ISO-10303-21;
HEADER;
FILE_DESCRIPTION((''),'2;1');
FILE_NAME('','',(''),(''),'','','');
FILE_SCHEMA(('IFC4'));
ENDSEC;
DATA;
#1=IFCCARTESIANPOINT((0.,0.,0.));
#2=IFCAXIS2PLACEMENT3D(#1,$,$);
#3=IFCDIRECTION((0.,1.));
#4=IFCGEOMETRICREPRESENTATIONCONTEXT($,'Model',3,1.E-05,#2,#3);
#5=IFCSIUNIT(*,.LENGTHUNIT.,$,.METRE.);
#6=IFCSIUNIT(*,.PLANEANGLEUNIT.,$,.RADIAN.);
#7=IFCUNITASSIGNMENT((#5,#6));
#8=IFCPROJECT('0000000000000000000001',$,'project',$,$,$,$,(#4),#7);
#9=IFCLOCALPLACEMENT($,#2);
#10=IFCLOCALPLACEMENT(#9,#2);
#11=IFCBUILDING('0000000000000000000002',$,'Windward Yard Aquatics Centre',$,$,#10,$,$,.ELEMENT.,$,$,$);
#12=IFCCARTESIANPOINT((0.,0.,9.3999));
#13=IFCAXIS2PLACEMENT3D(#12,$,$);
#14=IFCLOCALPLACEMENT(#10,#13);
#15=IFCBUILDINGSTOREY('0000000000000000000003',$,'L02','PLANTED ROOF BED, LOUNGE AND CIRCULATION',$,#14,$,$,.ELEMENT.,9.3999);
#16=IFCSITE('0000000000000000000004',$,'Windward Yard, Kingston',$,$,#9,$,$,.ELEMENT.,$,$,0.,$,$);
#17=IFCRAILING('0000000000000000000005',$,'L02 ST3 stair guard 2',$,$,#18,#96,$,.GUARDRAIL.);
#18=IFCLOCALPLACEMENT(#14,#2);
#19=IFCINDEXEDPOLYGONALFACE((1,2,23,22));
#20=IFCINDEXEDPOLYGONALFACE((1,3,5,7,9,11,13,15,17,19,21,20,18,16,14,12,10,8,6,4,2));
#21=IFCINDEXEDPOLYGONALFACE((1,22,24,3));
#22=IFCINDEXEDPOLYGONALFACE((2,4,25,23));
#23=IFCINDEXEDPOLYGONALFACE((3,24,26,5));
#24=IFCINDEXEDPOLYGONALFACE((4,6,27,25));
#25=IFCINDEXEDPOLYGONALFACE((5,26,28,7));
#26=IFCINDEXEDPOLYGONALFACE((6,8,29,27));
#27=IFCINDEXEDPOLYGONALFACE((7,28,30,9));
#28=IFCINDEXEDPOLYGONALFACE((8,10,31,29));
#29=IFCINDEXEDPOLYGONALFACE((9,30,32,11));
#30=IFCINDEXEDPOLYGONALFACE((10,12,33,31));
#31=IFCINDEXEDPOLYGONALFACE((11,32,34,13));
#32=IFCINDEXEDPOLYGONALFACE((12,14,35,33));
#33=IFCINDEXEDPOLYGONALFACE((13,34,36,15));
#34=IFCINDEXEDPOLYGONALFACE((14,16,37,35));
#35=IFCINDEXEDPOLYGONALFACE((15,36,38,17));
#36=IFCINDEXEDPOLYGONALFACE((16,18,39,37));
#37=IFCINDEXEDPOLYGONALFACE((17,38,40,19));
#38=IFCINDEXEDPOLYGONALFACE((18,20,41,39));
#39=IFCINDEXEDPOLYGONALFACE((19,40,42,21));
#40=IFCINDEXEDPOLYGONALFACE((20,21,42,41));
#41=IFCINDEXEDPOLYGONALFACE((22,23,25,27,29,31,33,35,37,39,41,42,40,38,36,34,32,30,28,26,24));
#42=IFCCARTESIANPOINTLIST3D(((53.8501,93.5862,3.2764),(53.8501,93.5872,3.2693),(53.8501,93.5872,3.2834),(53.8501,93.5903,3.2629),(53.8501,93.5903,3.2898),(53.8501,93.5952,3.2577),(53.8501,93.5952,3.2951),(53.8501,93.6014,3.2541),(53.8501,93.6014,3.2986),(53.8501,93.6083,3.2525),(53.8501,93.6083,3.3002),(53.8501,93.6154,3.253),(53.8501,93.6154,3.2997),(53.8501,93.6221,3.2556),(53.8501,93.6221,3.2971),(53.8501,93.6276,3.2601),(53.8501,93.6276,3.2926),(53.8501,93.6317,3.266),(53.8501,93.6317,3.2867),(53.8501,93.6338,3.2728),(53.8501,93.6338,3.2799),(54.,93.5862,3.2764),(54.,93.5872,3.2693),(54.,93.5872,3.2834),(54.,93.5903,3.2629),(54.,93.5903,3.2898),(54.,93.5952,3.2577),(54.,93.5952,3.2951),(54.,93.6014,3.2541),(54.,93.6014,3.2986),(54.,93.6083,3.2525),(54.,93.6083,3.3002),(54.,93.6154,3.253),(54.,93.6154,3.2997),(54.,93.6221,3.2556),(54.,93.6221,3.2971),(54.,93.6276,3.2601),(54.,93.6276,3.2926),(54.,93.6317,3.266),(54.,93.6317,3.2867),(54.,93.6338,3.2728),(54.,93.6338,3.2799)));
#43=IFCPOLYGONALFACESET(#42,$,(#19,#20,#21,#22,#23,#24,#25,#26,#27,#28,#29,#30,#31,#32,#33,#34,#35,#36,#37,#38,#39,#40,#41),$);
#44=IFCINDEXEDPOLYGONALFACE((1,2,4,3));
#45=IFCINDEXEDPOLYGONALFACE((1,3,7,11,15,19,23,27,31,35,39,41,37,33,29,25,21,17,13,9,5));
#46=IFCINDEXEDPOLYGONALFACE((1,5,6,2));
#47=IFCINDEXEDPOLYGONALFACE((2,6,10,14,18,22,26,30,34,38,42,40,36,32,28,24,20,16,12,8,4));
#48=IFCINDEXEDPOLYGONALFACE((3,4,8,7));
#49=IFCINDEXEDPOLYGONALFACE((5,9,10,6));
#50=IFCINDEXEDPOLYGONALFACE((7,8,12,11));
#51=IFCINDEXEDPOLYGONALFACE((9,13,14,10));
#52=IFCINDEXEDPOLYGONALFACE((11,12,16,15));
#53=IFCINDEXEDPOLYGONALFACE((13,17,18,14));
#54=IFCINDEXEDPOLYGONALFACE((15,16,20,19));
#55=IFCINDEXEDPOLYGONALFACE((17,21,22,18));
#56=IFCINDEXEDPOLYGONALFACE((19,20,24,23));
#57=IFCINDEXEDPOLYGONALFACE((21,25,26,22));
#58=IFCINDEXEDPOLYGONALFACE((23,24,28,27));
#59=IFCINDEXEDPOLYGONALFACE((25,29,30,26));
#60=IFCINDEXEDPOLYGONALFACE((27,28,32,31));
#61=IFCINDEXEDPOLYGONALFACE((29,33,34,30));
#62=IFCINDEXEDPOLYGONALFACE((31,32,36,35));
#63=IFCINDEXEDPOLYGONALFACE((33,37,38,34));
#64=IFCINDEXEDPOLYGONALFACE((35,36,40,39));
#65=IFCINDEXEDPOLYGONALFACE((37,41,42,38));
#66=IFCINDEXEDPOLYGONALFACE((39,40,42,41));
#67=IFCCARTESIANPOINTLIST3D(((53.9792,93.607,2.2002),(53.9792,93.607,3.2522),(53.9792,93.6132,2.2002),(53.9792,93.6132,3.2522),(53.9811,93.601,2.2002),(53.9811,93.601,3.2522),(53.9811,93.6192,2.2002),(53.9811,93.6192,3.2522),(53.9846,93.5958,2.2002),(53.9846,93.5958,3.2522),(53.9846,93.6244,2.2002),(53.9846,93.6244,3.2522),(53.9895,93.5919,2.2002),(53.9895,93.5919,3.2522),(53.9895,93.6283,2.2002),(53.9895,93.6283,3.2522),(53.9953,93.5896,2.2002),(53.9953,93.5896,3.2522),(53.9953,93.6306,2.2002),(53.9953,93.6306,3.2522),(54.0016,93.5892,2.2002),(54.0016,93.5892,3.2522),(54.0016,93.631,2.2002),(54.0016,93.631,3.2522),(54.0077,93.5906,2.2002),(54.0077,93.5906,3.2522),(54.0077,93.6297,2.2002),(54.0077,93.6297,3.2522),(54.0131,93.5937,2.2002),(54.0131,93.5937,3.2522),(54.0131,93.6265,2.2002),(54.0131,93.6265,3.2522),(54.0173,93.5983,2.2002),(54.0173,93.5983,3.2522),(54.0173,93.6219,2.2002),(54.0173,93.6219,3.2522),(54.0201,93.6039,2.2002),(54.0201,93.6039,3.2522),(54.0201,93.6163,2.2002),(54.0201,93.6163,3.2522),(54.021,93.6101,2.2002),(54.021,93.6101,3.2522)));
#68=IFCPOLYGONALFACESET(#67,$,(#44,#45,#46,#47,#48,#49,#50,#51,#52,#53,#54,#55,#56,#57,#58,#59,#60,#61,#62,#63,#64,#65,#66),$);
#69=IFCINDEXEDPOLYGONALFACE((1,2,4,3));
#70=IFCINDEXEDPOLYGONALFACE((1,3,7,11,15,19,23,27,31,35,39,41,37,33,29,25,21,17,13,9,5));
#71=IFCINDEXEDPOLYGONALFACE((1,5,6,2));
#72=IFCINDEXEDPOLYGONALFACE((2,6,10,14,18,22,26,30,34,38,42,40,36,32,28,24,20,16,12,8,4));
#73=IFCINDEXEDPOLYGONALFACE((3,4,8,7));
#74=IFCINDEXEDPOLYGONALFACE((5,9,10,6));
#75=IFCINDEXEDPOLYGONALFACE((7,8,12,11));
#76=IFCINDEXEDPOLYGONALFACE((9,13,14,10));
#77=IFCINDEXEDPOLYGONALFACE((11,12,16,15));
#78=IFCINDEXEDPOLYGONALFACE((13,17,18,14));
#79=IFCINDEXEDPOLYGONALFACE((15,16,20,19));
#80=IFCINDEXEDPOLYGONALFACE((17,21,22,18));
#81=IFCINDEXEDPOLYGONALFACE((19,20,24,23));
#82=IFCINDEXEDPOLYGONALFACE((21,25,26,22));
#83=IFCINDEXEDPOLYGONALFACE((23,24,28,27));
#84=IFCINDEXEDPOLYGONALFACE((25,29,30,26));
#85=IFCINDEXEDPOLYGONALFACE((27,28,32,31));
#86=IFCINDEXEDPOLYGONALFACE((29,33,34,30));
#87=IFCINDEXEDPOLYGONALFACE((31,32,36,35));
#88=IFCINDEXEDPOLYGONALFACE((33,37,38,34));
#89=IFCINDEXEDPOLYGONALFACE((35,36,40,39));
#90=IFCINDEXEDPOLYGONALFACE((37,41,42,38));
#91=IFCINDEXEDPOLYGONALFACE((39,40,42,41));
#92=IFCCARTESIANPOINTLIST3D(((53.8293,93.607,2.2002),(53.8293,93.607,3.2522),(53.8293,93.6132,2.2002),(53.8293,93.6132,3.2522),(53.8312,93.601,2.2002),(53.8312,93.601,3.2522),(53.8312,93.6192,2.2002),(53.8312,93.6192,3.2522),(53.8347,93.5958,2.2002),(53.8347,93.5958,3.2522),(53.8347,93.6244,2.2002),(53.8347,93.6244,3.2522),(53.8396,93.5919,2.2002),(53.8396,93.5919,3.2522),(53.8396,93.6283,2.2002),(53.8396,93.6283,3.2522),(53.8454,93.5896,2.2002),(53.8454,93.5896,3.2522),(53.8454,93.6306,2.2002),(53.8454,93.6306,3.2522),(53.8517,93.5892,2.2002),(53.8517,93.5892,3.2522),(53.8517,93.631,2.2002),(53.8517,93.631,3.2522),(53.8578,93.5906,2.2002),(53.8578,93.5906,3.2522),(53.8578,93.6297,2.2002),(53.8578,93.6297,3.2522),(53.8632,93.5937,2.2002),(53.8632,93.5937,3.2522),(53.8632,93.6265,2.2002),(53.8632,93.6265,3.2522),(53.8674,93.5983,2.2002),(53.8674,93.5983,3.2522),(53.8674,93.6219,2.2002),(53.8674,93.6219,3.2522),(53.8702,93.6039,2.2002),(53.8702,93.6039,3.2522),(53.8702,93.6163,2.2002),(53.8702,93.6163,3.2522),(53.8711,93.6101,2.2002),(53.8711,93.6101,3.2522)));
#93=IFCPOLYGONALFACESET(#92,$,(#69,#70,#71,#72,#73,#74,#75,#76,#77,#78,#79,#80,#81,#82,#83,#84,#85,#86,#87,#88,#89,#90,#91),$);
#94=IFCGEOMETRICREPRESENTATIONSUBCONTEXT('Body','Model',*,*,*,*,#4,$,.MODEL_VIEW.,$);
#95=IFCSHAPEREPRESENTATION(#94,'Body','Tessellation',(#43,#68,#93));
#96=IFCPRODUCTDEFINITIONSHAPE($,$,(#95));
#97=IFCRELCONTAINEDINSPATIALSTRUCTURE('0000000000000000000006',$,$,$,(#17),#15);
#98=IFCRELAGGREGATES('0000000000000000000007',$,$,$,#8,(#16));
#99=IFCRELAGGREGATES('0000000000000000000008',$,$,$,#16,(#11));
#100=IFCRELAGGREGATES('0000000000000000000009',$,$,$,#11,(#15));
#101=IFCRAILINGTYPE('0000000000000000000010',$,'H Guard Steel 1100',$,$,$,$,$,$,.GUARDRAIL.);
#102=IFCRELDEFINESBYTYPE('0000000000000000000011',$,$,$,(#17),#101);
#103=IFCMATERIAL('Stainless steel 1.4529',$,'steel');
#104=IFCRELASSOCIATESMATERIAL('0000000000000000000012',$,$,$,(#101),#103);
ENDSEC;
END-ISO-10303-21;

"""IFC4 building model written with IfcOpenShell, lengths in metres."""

from ifc_helpers import new_model, si_unit, direction, frame, origin, origin_2d, place, context, subcontext, project, spatial, circle, extrude, material, type_object, element, save


model = new_model("IFC4")

# Units and contexts
model_context = context("Model", 3, precision=1e-05, world=origin(), true_north=direction((0.0, 1.0)))
body_context = subcontext(model_context, "Body", "Model", "MODEL_VIEW")
ifc_project = project(units=[si_unit("LENGTHUNIT", "METRE"), si_unit("PLANEANGLEUNIT", "RADIAN")], contexts=[model_context])

# Site, building, storey
site_placement = place(None, origin())
site = spatial("IfcSite", under=ifc_project, at=site_placement, Name="Windward Yard, Kingston", CompositionType="ELEMENT", RefElevation=0.0)
building_placement = place(site_placement, origin())
building = spatial("IfcBuilding", under=site, at=building_placement, Name="Windward Yard Aquatics Centre", CompositionType="ELEMENT")
storey_placement = place(building_placement, frame((0.0, 0.0, 9.3999)))
storey = spatial("IfcBuildingStorey", under=building, at=storey_placement, Name="L02", Description="PLANTED ROOF BED, LOUNGE AND CIRCULATION", CompositionType="ELEMENT", Elevation=9.3999)

# Railing
ifc_material_1 = material(Name="Stainless steel 1.4529", Category="steel")
railing_type_1 = type_object("IfcRailingType", Name="H Guard Steel 1100", PredefinedType="GUARDRAIL", material=ifc_material_1)
railing_1_placement = place(storey_placement, frame((54.0, 93.6101, 2.2002)))
element("IfcRailing", 1, at=railing_1_placement, inside=storey, type_object=railing_type_1, Name="L02 ST3 stair guard 2", PredefinedType="GUARDRAIL", context=body_context, shape_type="SweptSolid", body=[
    extrude(circle(Radius=0.0239, at=origin_2d()), frame((0.0, 0.0, 1.0762), z_axis=(-1.0, 0.0, 0.0), x_axis=(0.0, -1.0, 0.0)), (0.0, 0.0, 1.0), 0.1499),
    extrude(circle(Radius=0.021, at=origin_2d()), origin(), (0.0, 0.0, 1.0), 1.052),
    extrude(circle(Radius=0.021, at=origin_2d()), frame((-0.1499, 0.0, 0.0)), (0.0, 0.0, 1.0), 1.052),
])

save(model, "model.ifc")
